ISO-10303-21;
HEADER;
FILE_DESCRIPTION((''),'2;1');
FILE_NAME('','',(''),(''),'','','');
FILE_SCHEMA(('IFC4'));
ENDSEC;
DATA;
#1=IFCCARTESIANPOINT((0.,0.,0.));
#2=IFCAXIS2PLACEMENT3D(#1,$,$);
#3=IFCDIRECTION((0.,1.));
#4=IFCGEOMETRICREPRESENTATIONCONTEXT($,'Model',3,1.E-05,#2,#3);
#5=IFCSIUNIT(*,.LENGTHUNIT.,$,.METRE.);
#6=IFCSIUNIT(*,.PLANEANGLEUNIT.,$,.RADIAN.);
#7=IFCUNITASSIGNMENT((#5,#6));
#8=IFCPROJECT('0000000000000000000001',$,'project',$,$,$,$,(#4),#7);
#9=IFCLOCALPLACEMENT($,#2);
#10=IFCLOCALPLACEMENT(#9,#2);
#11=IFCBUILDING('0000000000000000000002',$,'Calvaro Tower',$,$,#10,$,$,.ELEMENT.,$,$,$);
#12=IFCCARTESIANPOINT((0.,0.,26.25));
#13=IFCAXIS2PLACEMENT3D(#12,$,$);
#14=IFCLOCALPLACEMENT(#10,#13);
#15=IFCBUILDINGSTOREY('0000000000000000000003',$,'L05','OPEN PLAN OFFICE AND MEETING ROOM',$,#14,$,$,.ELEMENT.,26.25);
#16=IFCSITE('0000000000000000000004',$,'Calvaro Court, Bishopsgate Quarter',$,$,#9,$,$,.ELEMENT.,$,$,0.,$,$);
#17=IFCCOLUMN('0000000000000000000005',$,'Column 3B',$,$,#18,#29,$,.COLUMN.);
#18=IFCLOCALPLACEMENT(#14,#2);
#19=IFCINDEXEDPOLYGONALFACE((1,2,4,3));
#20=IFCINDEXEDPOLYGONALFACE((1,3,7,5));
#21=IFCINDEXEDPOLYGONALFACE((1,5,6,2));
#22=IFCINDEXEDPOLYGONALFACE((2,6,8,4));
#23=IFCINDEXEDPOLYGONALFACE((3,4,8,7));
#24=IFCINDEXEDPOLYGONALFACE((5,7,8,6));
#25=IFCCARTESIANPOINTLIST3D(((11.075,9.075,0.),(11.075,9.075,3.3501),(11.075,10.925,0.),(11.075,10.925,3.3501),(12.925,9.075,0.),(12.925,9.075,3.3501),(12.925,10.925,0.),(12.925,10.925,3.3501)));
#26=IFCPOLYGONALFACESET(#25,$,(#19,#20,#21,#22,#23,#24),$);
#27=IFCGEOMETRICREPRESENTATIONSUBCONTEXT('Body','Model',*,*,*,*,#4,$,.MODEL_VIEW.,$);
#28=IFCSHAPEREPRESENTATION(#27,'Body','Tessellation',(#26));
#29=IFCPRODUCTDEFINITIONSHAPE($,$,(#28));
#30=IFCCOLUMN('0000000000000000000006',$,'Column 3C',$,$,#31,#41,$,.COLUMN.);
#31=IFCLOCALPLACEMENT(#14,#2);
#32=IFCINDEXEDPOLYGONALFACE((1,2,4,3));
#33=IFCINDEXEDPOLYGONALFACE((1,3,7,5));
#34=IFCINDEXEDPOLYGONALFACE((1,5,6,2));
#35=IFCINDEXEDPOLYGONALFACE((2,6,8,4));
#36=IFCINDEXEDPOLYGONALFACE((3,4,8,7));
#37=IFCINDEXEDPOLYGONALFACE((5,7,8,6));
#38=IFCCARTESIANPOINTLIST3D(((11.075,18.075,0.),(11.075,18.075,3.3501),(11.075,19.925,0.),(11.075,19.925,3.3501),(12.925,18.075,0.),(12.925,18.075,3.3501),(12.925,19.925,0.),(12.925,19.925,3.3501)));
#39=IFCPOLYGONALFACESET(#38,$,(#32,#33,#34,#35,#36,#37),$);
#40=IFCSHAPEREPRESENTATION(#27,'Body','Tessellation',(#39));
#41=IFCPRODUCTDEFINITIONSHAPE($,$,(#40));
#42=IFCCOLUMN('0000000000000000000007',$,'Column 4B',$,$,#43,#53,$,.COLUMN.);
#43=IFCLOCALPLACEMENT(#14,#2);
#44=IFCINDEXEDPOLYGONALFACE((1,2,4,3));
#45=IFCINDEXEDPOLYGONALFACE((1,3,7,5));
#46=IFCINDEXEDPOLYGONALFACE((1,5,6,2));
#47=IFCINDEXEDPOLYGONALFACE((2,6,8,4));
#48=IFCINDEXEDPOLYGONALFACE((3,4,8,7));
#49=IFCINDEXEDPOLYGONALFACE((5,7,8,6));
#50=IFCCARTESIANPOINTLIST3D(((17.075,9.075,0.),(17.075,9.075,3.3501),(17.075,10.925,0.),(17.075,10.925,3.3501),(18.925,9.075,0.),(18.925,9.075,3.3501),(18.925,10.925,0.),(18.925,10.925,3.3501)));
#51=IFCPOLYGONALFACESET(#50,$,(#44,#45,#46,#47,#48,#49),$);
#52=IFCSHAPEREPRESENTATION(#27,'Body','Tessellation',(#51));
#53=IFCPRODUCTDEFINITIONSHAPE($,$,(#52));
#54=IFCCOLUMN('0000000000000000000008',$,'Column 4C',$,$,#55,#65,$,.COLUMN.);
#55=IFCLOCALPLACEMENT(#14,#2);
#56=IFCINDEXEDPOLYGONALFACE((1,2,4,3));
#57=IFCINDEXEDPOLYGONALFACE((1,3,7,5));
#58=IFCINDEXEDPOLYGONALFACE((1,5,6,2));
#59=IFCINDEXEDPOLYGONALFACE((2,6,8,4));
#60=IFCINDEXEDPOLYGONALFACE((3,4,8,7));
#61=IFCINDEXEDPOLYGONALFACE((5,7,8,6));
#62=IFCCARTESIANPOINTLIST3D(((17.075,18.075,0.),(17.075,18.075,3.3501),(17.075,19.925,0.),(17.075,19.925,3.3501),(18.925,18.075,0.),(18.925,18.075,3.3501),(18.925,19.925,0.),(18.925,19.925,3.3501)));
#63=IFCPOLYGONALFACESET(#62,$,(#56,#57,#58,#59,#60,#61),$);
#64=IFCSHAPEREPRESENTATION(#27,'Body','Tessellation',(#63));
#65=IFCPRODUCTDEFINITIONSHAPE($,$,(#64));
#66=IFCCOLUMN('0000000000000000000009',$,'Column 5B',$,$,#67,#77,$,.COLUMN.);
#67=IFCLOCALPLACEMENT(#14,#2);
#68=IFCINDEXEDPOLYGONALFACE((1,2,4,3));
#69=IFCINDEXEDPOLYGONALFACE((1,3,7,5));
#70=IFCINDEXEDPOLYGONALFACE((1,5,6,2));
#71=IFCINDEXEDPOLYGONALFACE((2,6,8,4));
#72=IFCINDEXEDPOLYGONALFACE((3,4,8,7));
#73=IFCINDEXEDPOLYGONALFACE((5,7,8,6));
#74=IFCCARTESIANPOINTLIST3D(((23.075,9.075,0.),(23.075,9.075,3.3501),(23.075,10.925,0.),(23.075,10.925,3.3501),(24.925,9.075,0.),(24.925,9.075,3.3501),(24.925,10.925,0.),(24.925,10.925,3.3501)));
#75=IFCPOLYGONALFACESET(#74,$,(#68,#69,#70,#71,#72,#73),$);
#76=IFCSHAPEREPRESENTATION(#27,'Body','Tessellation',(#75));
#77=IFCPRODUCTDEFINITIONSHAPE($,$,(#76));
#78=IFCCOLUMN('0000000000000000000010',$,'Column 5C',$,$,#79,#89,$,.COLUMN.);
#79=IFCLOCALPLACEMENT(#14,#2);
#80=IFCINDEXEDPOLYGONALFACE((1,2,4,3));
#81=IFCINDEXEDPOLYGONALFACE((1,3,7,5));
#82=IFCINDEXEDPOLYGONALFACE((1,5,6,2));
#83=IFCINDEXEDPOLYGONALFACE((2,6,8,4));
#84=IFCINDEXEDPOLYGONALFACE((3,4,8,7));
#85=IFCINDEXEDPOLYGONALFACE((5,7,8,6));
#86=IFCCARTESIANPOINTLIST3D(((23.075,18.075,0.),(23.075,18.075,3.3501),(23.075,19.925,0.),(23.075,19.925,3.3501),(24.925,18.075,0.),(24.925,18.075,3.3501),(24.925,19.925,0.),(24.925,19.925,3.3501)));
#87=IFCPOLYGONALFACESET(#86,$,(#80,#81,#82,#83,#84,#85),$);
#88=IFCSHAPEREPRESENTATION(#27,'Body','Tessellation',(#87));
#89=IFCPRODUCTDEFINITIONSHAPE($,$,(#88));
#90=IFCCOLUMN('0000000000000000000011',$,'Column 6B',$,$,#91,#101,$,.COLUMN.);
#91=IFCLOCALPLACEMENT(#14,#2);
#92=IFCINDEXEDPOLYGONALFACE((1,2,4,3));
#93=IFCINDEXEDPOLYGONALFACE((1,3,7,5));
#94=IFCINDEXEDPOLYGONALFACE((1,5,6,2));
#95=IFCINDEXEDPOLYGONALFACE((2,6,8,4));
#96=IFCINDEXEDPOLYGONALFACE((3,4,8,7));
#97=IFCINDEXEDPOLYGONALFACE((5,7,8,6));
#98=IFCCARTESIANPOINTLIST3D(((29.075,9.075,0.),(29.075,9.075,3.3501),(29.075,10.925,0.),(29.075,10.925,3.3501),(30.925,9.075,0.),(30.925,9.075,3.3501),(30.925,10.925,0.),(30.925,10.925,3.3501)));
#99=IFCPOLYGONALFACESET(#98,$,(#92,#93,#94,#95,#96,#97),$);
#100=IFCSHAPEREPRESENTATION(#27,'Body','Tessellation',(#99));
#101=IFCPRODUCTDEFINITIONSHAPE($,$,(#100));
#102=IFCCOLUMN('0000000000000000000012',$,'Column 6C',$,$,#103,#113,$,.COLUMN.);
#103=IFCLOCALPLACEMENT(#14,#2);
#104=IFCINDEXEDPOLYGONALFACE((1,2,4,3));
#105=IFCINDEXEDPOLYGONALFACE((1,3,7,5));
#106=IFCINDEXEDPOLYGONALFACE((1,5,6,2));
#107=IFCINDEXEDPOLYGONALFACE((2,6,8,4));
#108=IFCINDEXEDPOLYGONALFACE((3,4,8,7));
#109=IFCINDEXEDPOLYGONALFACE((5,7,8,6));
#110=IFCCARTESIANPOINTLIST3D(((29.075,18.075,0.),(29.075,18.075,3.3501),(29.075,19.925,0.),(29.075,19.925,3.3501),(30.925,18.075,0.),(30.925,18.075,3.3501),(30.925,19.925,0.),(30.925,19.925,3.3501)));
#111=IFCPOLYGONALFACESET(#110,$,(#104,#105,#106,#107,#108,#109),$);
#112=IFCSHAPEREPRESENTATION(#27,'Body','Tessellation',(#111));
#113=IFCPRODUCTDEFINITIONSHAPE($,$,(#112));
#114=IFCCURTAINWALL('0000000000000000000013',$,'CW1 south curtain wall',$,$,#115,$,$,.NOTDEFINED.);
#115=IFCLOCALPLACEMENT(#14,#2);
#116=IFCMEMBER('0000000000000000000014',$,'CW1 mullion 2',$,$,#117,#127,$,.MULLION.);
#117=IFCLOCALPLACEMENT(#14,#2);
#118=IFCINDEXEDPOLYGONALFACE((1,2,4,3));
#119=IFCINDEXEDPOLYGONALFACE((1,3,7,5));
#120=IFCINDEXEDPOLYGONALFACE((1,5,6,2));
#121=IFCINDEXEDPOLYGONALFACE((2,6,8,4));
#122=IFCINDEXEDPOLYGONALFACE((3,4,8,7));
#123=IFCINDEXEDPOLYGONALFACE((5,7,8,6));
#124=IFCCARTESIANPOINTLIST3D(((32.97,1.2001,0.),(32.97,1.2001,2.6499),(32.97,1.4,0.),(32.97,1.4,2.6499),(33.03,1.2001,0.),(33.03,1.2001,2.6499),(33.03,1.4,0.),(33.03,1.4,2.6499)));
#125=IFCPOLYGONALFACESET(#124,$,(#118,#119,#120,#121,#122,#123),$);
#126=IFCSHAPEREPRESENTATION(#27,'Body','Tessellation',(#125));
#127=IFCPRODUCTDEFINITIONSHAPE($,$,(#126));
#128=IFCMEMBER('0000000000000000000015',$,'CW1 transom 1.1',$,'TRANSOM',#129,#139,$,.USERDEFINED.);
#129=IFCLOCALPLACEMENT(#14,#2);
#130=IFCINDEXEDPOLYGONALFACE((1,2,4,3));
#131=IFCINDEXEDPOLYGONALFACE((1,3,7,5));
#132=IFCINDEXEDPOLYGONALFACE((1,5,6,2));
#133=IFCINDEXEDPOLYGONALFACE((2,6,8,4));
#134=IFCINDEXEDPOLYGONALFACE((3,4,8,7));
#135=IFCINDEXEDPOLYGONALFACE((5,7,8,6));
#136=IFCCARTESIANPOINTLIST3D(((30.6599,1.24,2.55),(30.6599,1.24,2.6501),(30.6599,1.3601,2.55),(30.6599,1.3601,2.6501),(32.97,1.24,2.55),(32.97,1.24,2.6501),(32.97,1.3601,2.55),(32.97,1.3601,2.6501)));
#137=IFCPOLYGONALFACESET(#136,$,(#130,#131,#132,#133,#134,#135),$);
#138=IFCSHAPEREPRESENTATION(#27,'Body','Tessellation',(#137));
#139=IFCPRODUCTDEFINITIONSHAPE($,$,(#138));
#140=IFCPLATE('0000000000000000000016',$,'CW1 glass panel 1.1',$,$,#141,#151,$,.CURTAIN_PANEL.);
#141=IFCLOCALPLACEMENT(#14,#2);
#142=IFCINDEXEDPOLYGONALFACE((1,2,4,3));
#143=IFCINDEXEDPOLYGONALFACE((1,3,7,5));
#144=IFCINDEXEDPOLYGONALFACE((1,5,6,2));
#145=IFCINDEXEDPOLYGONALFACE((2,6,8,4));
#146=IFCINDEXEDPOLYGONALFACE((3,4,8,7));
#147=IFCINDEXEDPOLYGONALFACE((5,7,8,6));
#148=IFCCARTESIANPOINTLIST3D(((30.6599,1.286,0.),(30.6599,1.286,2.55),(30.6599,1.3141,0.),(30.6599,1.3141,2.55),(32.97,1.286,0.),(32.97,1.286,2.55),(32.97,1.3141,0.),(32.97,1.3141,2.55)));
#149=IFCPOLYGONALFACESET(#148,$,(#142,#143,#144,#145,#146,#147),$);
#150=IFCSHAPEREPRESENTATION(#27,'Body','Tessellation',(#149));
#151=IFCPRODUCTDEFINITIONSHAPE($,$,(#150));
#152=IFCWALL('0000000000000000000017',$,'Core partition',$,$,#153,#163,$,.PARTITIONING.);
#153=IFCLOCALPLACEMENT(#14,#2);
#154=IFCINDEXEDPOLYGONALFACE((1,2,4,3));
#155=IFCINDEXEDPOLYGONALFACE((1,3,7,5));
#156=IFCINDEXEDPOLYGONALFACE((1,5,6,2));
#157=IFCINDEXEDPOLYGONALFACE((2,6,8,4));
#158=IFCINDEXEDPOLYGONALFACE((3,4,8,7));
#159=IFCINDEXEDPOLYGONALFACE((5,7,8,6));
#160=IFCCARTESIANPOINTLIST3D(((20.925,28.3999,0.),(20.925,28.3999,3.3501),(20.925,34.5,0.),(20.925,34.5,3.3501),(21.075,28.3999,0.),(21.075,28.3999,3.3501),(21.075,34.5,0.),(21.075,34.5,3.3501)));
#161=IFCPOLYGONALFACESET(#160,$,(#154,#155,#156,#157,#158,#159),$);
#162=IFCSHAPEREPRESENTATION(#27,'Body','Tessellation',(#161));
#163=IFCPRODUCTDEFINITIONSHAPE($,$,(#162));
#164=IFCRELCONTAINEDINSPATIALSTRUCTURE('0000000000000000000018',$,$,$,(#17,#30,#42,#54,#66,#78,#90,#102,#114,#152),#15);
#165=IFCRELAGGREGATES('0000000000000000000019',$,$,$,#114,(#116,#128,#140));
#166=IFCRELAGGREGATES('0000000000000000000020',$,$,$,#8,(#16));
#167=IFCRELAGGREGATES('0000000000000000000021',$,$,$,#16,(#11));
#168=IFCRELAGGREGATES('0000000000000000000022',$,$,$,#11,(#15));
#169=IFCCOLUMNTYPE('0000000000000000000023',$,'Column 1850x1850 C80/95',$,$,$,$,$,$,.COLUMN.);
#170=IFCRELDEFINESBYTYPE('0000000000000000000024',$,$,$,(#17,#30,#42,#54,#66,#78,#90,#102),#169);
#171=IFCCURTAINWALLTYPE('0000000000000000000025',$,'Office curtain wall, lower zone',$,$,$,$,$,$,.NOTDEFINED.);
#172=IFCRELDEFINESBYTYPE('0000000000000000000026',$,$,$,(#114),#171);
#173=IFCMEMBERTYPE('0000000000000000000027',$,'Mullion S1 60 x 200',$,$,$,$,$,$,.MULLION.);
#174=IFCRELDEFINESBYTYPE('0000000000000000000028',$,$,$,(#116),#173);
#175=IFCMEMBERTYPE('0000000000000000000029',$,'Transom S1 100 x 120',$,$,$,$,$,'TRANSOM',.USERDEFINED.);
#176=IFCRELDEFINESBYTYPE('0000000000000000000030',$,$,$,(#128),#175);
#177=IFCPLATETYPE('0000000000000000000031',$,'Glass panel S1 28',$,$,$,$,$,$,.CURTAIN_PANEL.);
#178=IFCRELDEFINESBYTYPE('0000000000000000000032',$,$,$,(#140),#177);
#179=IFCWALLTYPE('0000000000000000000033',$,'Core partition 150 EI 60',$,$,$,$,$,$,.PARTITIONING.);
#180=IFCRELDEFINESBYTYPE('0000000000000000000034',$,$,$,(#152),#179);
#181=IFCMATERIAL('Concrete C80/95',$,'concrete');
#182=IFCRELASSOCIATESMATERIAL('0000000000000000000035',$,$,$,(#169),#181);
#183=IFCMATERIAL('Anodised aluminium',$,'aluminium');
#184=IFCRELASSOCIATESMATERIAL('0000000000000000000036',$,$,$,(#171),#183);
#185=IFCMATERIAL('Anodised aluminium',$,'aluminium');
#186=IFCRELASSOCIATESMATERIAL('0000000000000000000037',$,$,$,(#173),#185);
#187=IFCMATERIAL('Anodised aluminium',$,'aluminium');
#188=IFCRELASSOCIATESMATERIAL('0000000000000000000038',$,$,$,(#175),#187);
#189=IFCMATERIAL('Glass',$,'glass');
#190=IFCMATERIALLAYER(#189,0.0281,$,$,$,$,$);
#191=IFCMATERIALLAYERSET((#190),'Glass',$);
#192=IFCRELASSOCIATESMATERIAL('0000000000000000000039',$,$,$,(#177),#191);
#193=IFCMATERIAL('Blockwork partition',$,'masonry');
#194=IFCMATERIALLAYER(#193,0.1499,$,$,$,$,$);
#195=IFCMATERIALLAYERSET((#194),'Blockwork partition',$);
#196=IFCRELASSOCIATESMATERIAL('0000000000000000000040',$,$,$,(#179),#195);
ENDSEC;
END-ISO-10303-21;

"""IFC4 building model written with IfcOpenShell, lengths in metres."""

from ifc_helpers import new_model, si_unit, direction, frame, frame_2d, origin, origin_2d, place, context, subcontext, project, spatial, rectangle, extrude, material, layer, layer_set, material_profile, profile_set, type_object, element, aggregate, save


model = new_model("IFC4")

# Units and contexts
model_context = context("Model", 3, precision=1e-05, world=origin(), true_north=direction((0.0, 1.0)))
body_context = subcontext(model_context, "Body", "Model", "MODEL_VIEW")
ifc_project = project(units=[si_unit("LENGTHUNIT", "METRE"), si_unit("PLANEANGLEUNIT", "RADIAN")], contexts=[model_context])

# Site, building, storey
site_placement = place(None, origin())
site = spatial("IfcSite", under=ifc_project, at=site_placement, Name="Calvaro Court, Bishopsgate Quarter", CompositionType="ELEMENT", RefElevation=0.0)
building_placement = place(site_placement, origin())
building = spatial("IfcBuilding", under=site, at=building_placement, Name="Calvaro Tower", CompositionType="ELEMENT")
storey_placement = place(building_placement, frame((0.0, 0.0, 26.25)))
storey = spatial("IfcBuildingStorey", under=building, at=storey_placement, Name="L05", Description="OPEN PLAN OFFICE AND MEETING ROOM", CompositionType="ELEMENT", Elevation=26.25)

# Columns
ifc_material_1 = material(Name="Concrete C80/95", Category="concrete")
ifc_material_profile_1 = material_profile(ifc_material_1, rectangle(XDim=1.8501, YDim=1.8501, at=origin_2d()), Name="RC 1850x1850")
ifc_profile_set_1 = profile_set([ifc_material_profile_1], Name="Concrete C80/95")
column_type = type_object("IfcColumnType", Name="Column 1850x1850 C80/95", PredefinedType="COLUMN", material=ifc_profile_set_1)
for number, where, z_axis, x_axis, name in (
    (1, (12.0, 10.0, 0.0), (0.0, 0.0, 1.0), (1.0, 0.0, 0.0), "Column 3B"),
    (2, (12.0, 19.0, 0.0), (0.0, 0.0, 1.0), (1.0, 0.0, 0.0), "Column 3C"),
    (3, (18.0, 10.0, 0.0), (0.0, 0.0, 1.0), (1.0, 0.0, 0.0), "Column 4B"),
    (4, (18.0, 19.0, 0.0), (0.0, 0.0, 1.0), (1.0, 0.0, 0.0), "Column 4C"),
    (5, (24.0, 10.0, 0.0), (0.0, 0.0, 1.0), (1.0, 0.0, 0.0), "Column 5B"),
    (6, (24.0, 19.0, 0.0), (0.0, 0.0, 1.0), (1.0, 0.0, 0.0), "Column 5C"),
    (7, (30.0, 10.0, 0.0), (0.0, 0.0, 1.0), (1.0, 0.0, 0.0), "Column 6B"),
    (8, (30.0, 19.0, 0.0), (0.0, 0.0, 1.0), (1.0, 0.0, 0.0), "Column 6C"),
):
    element("IfcColumn", number, at=place(storey_placement, frame(where, z_axis=z_axis, x_axis=x_axis)), inside=storey, type_object=column_type, Name=name, PredefinedType="COLUMN", context=body_context, shape_type="SweptSolid", body=[
        extrude(rectangle(XDim=1.8501, YDim=1.8501, at=origin_2d()), origin(), (0.0, 0.0, 1.0), 3.3501),
    ])

# Curtain wall, members, plate
ifc_material_2 = material(Name="Anodised aluminium", Category="aluminium")
curtain_wall_type = type_object("IfcCurtainWallType", Name="Office curtain wall, lower zone", PredefinedType="NOTDEFINED", material=ifc_material_2)
curtain_wall_placement = place(storey_placement, origin())
curtain_wall = element("IfcCurtainWall", 9, at=curtain_wall_placement, inside=storey, type_object=curtain_wall_type, Name="CW1 south curtain wall", PredefinedType="NOTDEFINED")
ifc_material_3 = material(Name="Anodised aluminium", Category="aluminium")
ifc_material_profile_2 = material_profile(ifc_material_3, rectangle(XDim=0.2, YDim=0.0601, at=origin_2d()), Name="Mullion S1 60 x 200")
ifc_profile_set_2 = profile_set([ifc_material_profile_2], Name="Anodised aluminium")
member_type_1 = type_object("IfcMemberType", Name="Mullion S1 60 x 200", PredefinedType="MULLION", material=ifc_profile_set_2)
member_1_placement = place(storey_placement, frame((33.0, 1.3, 0.0), z_axis=(0.0, 0.0, 1.0), x_axis=(0.0, 1.0, 0.0)))
member_1 = element("IfcMember", 10, at=member_1_placement, type_object=member_type_1, Name="CW1 mullion 2", PredefinedType="MULLION", context=body_context, shape_type="SweptSolid", body=[
    extrude(rectangle(XDim=0.2, YDim=0.0601, at=origin_2d()), origin(), (0.0, 0.0, 1.0), 2.6499),
])
ifc_material_4 = material(Name="Anodised aluminium", Category="aluminium")
ifc_material_profile_3 = material_profile(ifc_material_4, rectangle(XDim=0.1201, YDim=0.1001, at=origin_2d()), Name="Transom S1 100 x 120")
ifc_profile_set_3 = profile_set([ifc_material_profile_3], Name="Anodised aluminium")
member_type_2 = type_object("IfcMemberType", Name="Transom S1 100 x 120", ElementType="TRANSOM", PredefinedType="USERDEFINED", material=ifc_profile_set_3)
member_2_placement = place(storey_placement, frame((30.6599, 1.3, 2.6001), z_axis=(1.0, 0.0, 0.0), x_axis=(0.0, 1.0, 0.0)))
member_2 = element("IfcMember", 11, at=member_2_placement, type_object=member_type_2, Name="CW1 transom 1.1", ObjectType="TRANSOM", PredefinedType="USERDEFINED", context=body_context, shape_type="SweptSolid", body=[
    extrude(rectangle(XDim=0.1201, YDim=0.1001, at=origin_2d()), origin(), (0.0, 0.0, 1.0), 2.3101),
])
ifc_material_5 = material(Name="Glass", Category="glass")
ifc_layer_1 = layer(ifc_material_5, 0.0281)
ifc_layer_set_1 = layer_set([ifc_layer_1], Name="Glass")
plate_type = type_object("IfcPlateType", Name="Glass panel S1 28", PredefinedType="CURTAIN_PANEL", material=ifc_layer_set_1)
plate_placement = place(storey_placement, frame((31.8149, 1.3, 0.0), z_axis=(0.0, 0.0, 1.0), x_axis=(1.0, 0.0, 0.0)))
plate = element("IfcPlate", 12, at=plate_placement, type_object=plate_type, Name="CW1 glass panel 1.1", PredefinedType="CURTAIN_PANEL", context=body_context, shape_type="SweptSolid", body=[
    extrude(rectangle(XDim=2.3101, YDim=0.0281, at=origin_2d()), origin(), (0.0, 0.0, 1.0), 2.55),
])
aggregate(curtain_wall, [member_1, member_2, plate])

# Wall
ifc_material_6 = material(Name="Blockwork partition", Category="masonry")
ifc_layer_2 = layer(ifc_material_6, 0.1499)
ifc_layer_set_2 = layer_set([ifc_layer_2], Name="Blockwork partition")
wall_type_1 = type_object("IfcWallType", Name="Core partition 150 EI 60", PredefinedType="PARTITIONING", material=ifc_layer_set_2)
wall_1_placement = place(storey_placement, frame((21.0, 28.3999, 0.0), z_axis=(0.0, 0.0, 1.0), x_axis=(0.0, 1.0, 0.0)))
element("IfcWall", 13, at=wall_1_placement, inside=storey, type_object=wall_type_1, Name="Core partition", PredefinedType="PARTITIONING", context=body_context, shape_type="SweptSolid", body=[
    extrude(rectangle(XDim=6.1001, YDim=0.1499, at=frame_2d((3.05, 0.0))), origin(), (0.0, 0.0, 1.0), 3.3501),
])

save(model, "model.ifc")
